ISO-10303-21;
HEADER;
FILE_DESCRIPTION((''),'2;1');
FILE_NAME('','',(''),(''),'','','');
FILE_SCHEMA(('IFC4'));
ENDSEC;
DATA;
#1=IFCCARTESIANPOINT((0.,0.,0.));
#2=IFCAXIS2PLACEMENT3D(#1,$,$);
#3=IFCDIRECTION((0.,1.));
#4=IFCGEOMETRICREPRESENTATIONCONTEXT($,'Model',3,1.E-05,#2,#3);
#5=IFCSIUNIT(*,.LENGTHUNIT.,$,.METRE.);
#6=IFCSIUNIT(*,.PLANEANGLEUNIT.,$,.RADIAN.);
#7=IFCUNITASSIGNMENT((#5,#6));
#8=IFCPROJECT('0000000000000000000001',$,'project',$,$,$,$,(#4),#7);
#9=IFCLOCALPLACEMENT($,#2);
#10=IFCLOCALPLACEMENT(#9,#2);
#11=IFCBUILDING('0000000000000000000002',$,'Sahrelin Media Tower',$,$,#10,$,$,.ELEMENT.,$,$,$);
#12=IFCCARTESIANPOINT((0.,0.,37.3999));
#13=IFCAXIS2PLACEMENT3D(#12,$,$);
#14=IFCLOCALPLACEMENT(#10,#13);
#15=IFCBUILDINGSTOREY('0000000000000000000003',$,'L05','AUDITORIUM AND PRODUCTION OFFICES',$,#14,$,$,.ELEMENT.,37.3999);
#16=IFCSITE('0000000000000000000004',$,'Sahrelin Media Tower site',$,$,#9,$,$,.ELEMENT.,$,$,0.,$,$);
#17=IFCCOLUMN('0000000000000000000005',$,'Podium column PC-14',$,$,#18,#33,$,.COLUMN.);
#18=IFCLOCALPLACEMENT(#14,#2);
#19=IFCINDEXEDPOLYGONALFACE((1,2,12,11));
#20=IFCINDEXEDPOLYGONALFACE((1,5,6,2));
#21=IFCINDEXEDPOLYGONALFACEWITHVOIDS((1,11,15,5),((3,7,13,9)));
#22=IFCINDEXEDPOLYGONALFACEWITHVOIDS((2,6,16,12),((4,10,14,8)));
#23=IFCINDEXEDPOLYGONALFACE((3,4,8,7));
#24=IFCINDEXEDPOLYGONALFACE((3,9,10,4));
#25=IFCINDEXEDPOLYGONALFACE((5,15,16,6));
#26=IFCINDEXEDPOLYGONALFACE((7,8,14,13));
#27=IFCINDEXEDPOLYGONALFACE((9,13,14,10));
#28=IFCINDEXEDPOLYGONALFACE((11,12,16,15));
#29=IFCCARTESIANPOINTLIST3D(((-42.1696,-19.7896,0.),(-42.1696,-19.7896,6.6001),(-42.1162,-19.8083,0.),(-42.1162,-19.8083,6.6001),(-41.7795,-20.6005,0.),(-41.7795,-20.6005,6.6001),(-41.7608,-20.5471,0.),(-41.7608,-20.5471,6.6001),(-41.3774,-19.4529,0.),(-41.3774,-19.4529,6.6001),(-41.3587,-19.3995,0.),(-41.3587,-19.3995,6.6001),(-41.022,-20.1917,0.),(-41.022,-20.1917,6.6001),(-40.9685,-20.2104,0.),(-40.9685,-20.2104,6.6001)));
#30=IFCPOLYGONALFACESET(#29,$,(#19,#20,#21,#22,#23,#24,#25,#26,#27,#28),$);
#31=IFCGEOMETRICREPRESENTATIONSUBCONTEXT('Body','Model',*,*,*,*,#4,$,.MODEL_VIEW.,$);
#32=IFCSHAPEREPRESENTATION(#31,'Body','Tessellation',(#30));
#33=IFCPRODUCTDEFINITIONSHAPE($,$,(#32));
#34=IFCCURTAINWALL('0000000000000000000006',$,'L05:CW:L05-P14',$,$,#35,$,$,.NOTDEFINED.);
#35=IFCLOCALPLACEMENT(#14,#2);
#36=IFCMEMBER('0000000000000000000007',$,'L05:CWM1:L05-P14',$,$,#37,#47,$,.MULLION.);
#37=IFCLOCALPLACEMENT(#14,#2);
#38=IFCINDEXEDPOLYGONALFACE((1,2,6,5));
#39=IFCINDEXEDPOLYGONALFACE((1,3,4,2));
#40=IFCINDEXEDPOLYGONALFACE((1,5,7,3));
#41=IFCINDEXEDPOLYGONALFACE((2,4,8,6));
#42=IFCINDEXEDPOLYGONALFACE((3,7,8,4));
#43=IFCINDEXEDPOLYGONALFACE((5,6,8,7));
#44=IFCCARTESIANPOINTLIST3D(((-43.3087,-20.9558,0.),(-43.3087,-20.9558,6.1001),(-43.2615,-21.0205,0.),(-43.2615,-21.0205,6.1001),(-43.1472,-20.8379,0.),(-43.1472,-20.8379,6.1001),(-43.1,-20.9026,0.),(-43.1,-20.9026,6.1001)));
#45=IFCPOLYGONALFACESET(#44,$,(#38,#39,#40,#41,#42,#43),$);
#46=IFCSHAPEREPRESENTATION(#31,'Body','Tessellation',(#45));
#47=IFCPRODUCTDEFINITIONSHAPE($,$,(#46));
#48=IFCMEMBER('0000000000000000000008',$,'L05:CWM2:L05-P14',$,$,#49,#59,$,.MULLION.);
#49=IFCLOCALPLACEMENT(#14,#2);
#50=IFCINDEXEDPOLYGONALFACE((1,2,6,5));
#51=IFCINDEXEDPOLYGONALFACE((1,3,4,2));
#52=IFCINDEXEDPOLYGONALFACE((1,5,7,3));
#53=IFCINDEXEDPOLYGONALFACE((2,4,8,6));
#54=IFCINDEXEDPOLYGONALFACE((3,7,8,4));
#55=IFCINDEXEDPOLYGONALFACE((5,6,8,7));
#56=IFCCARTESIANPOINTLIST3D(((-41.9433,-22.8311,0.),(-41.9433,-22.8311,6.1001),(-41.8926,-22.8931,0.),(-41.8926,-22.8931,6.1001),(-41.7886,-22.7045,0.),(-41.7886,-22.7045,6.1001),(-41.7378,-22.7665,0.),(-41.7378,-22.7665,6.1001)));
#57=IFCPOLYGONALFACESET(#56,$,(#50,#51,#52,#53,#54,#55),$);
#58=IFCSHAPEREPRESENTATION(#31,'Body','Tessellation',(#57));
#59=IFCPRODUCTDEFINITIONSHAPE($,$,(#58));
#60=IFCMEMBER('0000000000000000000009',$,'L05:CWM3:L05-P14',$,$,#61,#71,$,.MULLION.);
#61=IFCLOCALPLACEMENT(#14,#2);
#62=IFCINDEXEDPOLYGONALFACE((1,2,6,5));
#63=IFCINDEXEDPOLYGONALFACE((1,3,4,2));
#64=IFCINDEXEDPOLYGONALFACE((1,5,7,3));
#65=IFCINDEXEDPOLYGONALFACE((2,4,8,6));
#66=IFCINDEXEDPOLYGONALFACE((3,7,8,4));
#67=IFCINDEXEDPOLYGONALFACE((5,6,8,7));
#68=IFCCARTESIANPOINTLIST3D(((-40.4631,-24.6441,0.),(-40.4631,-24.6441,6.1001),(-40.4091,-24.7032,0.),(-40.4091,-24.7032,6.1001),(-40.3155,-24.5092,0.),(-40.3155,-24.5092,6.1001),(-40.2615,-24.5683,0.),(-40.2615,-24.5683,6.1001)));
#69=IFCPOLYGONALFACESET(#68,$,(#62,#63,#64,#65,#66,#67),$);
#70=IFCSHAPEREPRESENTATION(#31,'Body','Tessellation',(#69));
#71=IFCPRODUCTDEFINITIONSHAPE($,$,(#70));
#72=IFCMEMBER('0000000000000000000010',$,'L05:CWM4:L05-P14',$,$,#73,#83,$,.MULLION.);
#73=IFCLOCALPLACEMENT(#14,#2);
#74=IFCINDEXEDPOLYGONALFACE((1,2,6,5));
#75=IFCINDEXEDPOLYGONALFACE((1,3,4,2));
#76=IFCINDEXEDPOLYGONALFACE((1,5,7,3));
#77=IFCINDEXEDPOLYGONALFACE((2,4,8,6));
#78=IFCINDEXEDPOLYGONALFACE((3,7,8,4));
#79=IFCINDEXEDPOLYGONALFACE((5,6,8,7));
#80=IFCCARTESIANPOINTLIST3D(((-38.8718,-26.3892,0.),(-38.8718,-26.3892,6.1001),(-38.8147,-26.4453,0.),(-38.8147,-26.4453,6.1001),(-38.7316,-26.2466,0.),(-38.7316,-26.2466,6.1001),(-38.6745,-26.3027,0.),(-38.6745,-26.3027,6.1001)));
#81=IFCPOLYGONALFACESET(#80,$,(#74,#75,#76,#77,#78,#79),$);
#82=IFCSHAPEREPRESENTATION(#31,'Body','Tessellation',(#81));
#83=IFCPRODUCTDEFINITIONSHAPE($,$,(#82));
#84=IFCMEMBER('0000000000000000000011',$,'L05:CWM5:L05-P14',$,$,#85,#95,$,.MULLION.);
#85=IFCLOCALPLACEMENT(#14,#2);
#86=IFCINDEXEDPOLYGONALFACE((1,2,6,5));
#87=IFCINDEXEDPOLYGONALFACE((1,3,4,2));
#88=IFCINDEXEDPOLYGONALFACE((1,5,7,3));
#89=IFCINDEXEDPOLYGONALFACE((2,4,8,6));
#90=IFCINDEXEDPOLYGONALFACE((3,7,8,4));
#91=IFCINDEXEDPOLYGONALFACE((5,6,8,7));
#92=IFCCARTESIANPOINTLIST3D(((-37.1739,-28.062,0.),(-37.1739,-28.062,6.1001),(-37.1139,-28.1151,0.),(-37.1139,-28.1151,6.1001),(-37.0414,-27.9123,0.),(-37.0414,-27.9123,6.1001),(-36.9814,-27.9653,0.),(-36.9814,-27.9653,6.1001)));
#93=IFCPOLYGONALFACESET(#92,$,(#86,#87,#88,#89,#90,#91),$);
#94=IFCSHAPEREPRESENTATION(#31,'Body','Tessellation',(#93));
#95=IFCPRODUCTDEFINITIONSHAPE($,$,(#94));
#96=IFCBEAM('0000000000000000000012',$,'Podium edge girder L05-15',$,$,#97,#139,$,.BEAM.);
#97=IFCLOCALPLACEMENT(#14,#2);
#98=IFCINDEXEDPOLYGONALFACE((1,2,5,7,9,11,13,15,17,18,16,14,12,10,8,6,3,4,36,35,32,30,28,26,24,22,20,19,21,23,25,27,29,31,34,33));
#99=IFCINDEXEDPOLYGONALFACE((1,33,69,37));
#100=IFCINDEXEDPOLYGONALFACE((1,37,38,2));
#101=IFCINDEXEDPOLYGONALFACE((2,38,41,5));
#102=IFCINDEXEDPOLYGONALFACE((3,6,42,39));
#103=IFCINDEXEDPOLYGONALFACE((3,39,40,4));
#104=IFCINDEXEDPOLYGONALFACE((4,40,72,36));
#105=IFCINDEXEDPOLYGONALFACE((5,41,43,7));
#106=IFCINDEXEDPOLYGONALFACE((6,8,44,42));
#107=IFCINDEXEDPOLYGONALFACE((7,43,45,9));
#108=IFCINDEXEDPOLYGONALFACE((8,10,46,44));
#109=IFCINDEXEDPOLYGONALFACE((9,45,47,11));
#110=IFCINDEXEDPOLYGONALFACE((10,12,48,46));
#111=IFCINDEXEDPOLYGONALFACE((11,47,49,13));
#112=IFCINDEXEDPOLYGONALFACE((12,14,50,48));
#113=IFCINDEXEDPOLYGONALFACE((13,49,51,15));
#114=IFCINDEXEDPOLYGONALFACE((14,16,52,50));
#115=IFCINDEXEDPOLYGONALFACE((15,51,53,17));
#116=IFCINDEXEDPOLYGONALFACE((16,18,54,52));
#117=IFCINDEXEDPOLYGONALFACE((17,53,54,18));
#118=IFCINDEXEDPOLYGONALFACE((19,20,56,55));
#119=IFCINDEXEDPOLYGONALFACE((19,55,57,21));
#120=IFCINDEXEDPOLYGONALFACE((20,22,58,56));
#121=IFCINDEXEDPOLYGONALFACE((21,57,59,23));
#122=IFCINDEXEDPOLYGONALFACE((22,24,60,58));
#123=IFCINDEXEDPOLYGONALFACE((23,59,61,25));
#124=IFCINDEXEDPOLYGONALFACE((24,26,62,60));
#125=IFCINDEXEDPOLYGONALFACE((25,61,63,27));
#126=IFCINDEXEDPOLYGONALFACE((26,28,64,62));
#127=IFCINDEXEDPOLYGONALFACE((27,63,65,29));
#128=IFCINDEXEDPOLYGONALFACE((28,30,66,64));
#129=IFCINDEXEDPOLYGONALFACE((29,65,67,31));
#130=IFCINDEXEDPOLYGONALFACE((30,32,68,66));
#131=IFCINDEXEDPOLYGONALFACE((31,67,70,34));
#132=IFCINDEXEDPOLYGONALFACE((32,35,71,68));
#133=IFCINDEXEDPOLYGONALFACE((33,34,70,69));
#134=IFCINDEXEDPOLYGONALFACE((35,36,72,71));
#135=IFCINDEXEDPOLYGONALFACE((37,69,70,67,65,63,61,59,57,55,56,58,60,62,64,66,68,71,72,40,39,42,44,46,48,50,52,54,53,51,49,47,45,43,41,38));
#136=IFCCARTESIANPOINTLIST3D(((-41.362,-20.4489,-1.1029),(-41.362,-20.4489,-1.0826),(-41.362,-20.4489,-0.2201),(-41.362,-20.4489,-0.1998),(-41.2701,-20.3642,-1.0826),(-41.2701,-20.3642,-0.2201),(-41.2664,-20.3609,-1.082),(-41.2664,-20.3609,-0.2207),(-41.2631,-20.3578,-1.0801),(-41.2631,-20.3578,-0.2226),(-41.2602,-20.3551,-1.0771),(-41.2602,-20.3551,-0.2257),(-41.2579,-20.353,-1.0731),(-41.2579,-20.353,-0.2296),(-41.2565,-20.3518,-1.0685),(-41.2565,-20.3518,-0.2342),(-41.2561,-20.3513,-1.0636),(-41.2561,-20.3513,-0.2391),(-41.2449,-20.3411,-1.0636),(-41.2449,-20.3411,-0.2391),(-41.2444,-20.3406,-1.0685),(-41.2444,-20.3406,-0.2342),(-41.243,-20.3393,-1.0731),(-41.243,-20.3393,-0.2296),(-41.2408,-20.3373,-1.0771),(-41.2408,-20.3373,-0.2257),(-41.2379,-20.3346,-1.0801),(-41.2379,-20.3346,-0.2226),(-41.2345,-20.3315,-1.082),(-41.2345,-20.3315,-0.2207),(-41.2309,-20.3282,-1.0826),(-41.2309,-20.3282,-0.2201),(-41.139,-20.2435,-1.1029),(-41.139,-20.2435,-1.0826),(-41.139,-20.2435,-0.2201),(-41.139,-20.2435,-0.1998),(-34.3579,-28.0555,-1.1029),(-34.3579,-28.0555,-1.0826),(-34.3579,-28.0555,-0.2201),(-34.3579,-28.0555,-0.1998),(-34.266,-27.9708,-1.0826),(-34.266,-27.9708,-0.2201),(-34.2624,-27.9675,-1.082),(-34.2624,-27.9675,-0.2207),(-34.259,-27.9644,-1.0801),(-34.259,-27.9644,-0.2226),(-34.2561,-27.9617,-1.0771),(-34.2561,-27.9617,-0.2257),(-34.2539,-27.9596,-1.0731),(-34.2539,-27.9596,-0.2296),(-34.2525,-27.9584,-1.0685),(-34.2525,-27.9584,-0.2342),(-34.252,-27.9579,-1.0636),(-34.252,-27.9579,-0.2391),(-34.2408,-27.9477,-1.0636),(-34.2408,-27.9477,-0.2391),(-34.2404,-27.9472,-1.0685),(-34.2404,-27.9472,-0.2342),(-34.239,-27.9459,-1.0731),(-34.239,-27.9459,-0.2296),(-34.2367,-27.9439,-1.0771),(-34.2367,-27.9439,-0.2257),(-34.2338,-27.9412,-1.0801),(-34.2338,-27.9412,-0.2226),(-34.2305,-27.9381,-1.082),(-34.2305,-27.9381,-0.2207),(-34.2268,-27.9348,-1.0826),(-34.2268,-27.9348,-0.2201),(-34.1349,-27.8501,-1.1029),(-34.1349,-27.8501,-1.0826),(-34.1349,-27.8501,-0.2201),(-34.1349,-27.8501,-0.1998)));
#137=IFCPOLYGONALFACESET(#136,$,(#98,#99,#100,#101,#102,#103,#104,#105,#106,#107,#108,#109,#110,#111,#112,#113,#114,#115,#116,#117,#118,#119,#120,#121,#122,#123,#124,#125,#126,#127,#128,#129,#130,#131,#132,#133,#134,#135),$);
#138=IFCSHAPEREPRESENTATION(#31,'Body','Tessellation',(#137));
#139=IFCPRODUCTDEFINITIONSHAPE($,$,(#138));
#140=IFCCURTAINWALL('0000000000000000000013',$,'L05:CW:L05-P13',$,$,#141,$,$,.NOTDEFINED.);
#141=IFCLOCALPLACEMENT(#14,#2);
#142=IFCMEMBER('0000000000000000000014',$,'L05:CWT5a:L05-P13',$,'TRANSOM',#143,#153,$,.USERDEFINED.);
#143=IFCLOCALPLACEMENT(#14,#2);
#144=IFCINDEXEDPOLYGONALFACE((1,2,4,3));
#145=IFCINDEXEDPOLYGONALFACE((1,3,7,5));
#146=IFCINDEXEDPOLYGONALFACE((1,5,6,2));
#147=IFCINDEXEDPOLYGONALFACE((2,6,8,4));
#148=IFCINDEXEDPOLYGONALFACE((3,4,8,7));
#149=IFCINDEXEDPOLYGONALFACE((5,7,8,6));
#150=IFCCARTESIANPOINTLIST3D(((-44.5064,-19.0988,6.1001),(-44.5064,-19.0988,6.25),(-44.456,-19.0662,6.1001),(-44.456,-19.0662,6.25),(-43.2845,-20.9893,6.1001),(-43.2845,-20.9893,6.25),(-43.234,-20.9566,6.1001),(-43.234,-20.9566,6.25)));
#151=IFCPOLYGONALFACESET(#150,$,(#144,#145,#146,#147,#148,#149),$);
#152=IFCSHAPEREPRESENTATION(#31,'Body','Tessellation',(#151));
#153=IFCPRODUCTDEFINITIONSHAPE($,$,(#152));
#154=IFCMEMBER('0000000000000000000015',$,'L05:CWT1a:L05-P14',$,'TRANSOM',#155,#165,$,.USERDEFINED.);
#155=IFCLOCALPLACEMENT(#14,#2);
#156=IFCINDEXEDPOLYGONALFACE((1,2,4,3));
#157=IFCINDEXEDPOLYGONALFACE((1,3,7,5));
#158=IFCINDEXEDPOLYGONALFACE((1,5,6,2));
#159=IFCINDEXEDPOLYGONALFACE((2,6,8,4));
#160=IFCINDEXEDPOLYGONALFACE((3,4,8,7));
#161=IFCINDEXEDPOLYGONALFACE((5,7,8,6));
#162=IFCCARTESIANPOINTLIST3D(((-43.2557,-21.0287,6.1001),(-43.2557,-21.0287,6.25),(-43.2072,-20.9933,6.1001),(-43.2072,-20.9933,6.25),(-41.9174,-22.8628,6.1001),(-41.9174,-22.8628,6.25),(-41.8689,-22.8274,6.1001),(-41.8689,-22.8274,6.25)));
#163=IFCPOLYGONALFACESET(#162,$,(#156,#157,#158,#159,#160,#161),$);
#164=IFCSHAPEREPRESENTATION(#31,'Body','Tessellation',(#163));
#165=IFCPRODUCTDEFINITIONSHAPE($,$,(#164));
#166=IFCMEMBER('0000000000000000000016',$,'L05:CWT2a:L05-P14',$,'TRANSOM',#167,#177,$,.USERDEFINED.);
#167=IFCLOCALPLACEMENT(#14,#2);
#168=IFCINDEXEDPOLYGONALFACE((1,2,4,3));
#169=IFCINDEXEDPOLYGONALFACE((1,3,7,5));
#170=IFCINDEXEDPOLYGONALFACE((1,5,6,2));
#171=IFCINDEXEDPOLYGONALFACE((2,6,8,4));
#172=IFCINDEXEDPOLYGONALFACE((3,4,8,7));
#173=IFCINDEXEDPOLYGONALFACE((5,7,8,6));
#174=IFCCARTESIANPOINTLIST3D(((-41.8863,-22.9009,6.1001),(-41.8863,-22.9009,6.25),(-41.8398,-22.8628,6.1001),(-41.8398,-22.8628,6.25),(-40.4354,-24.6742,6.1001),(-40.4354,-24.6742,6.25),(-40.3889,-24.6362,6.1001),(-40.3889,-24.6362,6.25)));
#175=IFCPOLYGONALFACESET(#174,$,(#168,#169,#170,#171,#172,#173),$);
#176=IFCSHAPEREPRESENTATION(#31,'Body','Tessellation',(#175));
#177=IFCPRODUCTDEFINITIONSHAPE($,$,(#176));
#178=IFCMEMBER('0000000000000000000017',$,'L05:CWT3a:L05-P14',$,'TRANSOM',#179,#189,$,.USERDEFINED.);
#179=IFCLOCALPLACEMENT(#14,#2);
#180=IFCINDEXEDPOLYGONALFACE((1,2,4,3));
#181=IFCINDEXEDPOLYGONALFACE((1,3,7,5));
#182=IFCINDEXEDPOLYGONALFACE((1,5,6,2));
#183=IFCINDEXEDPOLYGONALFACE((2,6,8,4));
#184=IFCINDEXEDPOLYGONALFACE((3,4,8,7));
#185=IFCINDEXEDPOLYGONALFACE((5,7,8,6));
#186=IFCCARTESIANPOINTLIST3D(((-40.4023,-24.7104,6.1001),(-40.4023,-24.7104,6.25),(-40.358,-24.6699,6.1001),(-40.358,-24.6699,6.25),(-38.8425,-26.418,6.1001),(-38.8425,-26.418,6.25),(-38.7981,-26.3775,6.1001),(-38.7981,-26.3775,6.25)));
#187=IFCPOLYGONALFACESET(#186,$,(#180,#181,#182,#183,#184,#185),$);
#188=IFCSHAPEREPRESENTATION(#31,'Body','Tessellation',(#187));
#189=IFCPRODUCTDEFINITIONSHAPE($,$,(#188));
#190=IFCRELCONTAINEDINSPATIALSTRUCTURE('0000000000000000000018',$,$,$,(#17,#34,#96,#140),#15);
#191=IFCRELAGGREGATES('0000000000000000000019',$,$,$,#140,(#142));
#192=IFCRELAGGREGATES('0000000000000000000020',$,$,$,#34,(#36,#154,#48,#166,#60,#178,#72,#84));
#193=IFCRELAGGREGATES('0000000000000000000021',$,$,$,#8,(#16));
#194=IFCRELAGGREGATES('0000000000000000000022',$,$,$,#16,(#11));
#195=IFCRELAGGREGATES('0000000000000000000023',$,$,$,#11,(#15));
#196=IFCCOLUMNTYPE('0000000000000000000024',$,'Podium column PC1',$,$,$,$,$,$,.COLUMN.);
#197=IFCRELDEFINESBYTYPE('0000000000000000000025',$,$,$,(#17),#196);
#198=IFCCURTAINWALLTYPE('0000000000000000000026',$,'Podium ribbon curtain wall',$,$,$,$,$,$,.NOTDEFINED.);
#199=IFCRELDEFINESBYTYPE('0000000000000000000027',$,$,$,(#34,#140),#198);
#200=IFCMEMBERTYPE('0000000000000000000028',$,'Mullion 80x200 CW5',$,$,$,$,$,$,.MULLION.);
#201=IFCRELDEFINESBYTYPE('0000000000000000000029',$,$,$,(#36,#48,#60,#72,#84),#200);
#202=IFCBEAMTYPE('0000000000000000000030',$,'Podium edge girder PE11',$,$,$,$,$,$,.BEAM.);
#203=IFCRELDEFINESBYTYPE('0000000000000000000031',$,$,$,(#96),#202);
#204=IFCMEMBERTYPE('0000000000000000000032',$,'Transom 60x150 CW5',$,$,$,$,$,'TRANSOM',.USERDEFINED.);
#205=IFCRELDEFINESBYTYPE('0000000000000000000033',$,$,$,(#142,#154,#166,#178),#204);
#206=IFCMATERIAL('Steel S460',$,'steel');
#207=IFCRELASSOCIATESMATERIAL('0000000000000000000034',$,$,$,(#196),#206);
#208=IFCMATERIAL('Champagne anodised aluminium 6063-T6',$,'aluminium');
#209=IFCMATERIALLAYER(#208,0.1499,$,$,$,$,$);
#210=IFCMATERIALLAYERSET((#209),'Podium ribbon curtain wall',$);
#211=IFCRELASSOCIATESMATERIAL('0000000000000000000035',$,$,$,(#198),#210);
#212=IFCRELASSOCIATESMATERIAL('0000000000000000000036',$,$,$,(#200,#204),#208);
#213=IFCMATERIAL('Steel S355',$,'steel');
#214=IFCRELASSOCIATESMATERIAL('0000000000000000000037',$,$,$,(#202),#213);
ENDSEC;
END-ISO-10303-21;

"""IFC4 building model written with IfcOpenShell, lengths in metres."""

from ifc_helpers import new_model, si_unit, direction, frame, origin, origin_2d, place, context, subcontext, project, spatial, rectangle, hollow_rectangle, i_section, extrude, material, layer, layer_set, material_profile, profile_set, type_object, element, aggregate, save


model = new_model("IFC4")

# Units and contexts
model_context = context("Model", 3, precision=1e-05, world=origin(), true_north=direction((0.0, 1.0)))
body_context = subcontext(model_context, "Body", "Model", "MODEL_VIEW")
ifc_project = project(units=[si_unit("LENGTHUNIT", "METRE"), si_unit("PLANEANGLEUNIT", "RADIAN")], contexts=[model_context])

# Site, building, storey
site_placement = place(None, origin())
site = spatial("IfcSite", under=ifc_project, at=site_placement, Name="Sahrelin Media Tower site", CompositionType="ELEMENT", RefElevation=0.0)
building_placement = place(site_placement, origin())
building = spatial("IfcBuilding", under=site, at=building_placement, Name="Sahrelin Media Tower", CompositionType="ELEMENT")
storey_placement = place(building_placement, frame((0.0, 0.0, 37.3999)))
storey = spatial("IfcBuildingStorey", under=building, at=storey_placement, Name="L05", Description="AUDITORIUM AND PRODUCTION OFFICES", CompositionType="ELEMENT", Elevation=37.3999)

# Column
ifc_material_1 = material(Name="Steel S460", Category="steel")
ifc_material_profile_1 = material_profile(ifc_material_1, hollow_rectangle(XDim=0.8999, YDim=0.8999, WallThickness=0.04, at=origin_2d()), Name="Podium column PC1")
ifc_profile_set_1 = profile_set([ifc_material_profile_1], Name="Steel S460")
column_type = type_object("IfcColumnType", Name="Podium column PC1", PredefinedType="COLUMN", material=ifc_profile_set_1)
column_placement = place(storey_placement, frame((-41.5691, -20.0, 0.0), z_axis=(0.0, 0.0, 1.0), x_axis=(-0.901127, -0.433555, 0.0)))
element("IfcColumn", 1, at=column_placement, inside=storey, type_object=column_type, Name="Podium column PC-14", PredefinedType="COLUMN", context=body_context, shape_type="SweptSolid", body=[
    extrude(hollow_rectangle(XDim=0.8999, YDim=0.8999, WallThickness=0.04, at=origin_2d()), origin(), (0.0, 0.0, 1.0), 6.6001),
])

# Curtain wall, members
ifc_material_2 = material(Name="Champagne anodised aluminium 6063-T6", Category="aluminium")
ifc_layer_1 = layer(ifc_material_2, 0.1499)
ifc_layer_set_1 = layer_set([ifc_layer_1], Name="Podium ribbon curtain wall")
curtain_wall_type = type_object("IfcCurtainWallType", Name="Podium ribbon curtain wall", PredefinedType="NOTDEFINED", material=ifc_layer_set_1)
curtain_wall_1_placement = place(storey_placement, frame((-43.3013, -21.0, 0.0), z_axis=(0.0, 0.0, 1.0), x_axis=(1.0, 0.0, 0.0)))
curtain_wall_1 = element("IfcCurtainWall", 2, at=curtain_wall_1_placement, inside=storey, type_object=curtain_wall_type, Name="L05:CW:L05-P14", PredefinedType="NOTDEFINED")
ifc_material_profile_2 = material_profile(ifc_material_2, rectangle(XDim=0.0801, YDim=0.2, at=origin_2d()), Name="Mullion 80x200")
ifc_profile_set_2 = profile_set([ifc_material_profile_2], Name="Champagne anodised aluminium 6063-T6")
member_type_1 = type_object("IfcMemberType", Name="Mullion 80x200 CW5", PredefinedType="MULLION", material=ifc_profile_set_2)
member_1_placement = place(storey_placement, frame((-43.2043, -20.9292, 0.0), z_axis=(0.0, 0.0, 1.0), x_axis=(0.589385, -0.807852, 0.0)))
member_1 = element("IfcMember", 3, at=member_1_placement, type_object=member_type_1, Name="L05:CWM1:L05-P14", PredefinedType="MULLION", context=body_context, shape_type="SweptSolid", body=[
    extrude(rectangle(XDim=0.0801, YDim=0.2, at=origin_2d()), origin(), (0.0, 0.0, 1.0), 6.1001),
])
member_2_placement = place(storey_placement, frame((-41.8406, -22.7988, 0.0), z_axis=(0.0, 0.0, 1.0), x_axis=(0.633235, -0.77396, 0.0)))
member_2 = element("IfcMember", 4, at=member_2_placement, type_object=member_type_1, Name="L05:CWM2:L05-P14", PredefinedType="MULLION", context=body_context, shape_type="SweptSolid", body=[
    extrude(rectangle(XDim=0.0801, YDim=0.2, at=origin_2d()), origin(), (0.0, 0.0, 1.0), 6.1001),
])
member_3_placement = place(storey_placement, frame((-40.3623, -24.6062, 0.0), z_axis=(0.0, 0.0, 1.0), x_axis=(0.67443, -0.738339, 0.0)))
member_3 = element("IfcMember", 5, at=member_3_placement, type_object=member_type_1, Name="L05:CWM3:L05-P14", PredefinedType="MULLION", context=body_context, shape_type="SweptSolid", body=[
    extrude(rectangle(XDim=0.0801, YDim=0.2, at=origin_2d()), origin(), (0.0, 0.0, 1.0), 6.1001),
])
member_4_placement = place(storey_placement, frame((-38.7732, -26.3459, 0.0), z_axis=(0.0, 0.0, 1.0), x_axis=(0.712974, -0.701191, 0.0)))
member_4 = element("IfcMember", 6, at=member_4_placement, type_object=member_type_1, Name="L05:CWM4:L05-P14", PredefinedType="MULLION", context=body_context, shape_type="SweptSolid", body=[
    extrude(rectangle(XDim=0.0801, YDim=0.2, at=origin_2d()), origin(), (0.0, 0.0, 1.0), 6.1001),
])
member_5_placement = place(storey_placement, frame((-37.0776, -28.0137, 0.0), z_axis=(0.0, 0.0, 1.0), x_axis=(0.748788, -0.66281, 0.0)))
member_5 = element("IfcMember", 7, at=member_5_placement, type_object=member_type_1, Name="L05:CWM5:L05-P14", PredefinedType="MULLION", context=body_context, shape_type="SweptSolid", body=[
    extrude(rectangle(XDim=0.0801, YDim=0.2, at=origin_2d()), origin(), (0.0, 0.0, 1.0), 6.1001),
])

# Beam
ifc_material_3 = material(Name="Steel S355", Category="steel")
ifc_material_profile_3 = material_profile(ifc_material_3, i_section(OverallWidth=0.3032, OverallDepth=0.9031, WebThickness=0.0151, FlangeThickness=0.0203, FilletRadius=0.019, at=origin_2d()), Name="UB 914x305x201")
ifc_profile_set_3 = profile_set([ifc_material_profile_3], Name="Steel S355")
beam_type = type_object("IfcBeamType", Name="Podium edge girder PE11", PredefinedType="BEAM", material=ifc_profile_set_3)
beam_placement = place(storey_placement, frame((-41.2505, -20.3462, -0.6514), z_axis=(0.677371, -0.735642, 0.0), x_axis=(0.735642, 0.677371, 0.0)))
element("IfcBeam", 8, at=beam_placement, inside=storey, type_object=beam_type, Name="Podium edge girder L05-15", PredefinedType="BEAM", context=body_context, shape_type="SweptSolid", body=[
    extrude(i_section(OverallWidth=0.3032, OverallDepth=0.9031, WebThickness=0.0151, FlangeThickness=0.0203, FilletRadius=0.019, at=origin_2d()), origin(), (0.0, 0.0, 1.0), 10.3401),
])

# Curtain wall, member
curtain_wall_2_placement = place(storey_placement, frame((-48.2964, -10.8704, 0.0), z_axis=(0.0, 0.0, 1.0), x_axis=(1.0, 0.0, 0.0)))
curtain_wall_2 = element("IfcCurtainWall", 9, at=curtain_wall_2_placement, inside=storey, type_object=curtain_wall_type, Name="L05:CW:L05-P13", PredefinedType="NOTDEFINED")
ifc_material_profile_4 = material_profile(ifc_material_2, rectangle(XDim=0.0601, YDim=0.1499, at=origin_2d()), Name="Transom 60x150")
ifc_profile_set_4 = profile_set([ifc_material_profile_4], Name="Champagne anodised aluminium 6063-T6")
member_type_2 = type_object("IfcMemberType", Name="Transom 60x150 CW5", ElementType="TRANSOM", PredefinedType="USERDEFINED", material=ifc_profile_set_4)
member_6_placement = place(storey_placement, frame((-44.4812, -19.0825, 6.175), z_axis=(0.542855, -0.839826, 0.0), x_axis=(0.839826, 0.542855, 0.0)))
member_6 = element("IfcMember", 10, at=member_6_placement, type_object=member_type_2, Name="L05:CWT5a:L05-P13", ObjectType="TRANSOM", PredefinedType="USERDEFINED", context=body_context, shape_type="SweptSolid", body=[
    extrude(rectangle(XDim=0.0601, YDim=0.1499, at=origin_2d()), origin(), (0.0, 0.0, 1.0), 2.251),
])

# Members
member_7_placement = place(storey_placement, frame((-43.2314, -21.011, 6.175), z_axis=(0.589437, -0.807814, 0.0), x_axis=(0.807814, 0.589437, 0.0)))
member_7 = element("IfcMember", 11, at=member_7_placement, type_object=member_type_2, Name="L05:CWT1a:L05-P14", ObjectType="TRANSOM", PredefinedType="USERDEFINED", context=body_context, shape_type="SweptSolid", body=[
    extrude(rectangle(XDim=0.0601, YDim=0.1499, at=origin_2d()), origin(), (0.0, 0.0, 1.0), 2.2705),
])
member_8_placement = place(storey_placement, frame((-41.863, -22.8818, 6.175), z_axis=(0.63322, -0.773972, 0.0), x_axis=(0.773972, 0.63322, 0.0)))
member_8 = element("IfcMember", 12, at=member_8_placement, type_object=member_type_2, Name="L05:CWT2a:L05-P14", ObjectType="TRANSOM", PredefinedType="USERDEFINED", context=body_context, shape_type="SweptSolid", body=[
    extrude(rectangle(XDim=0.0601, YDim=0.1499, at=origin_2d()), origin(), (0.0, 0.0, 1.0), 2.2913),
])
member_9_placement = place(storey_placement, frame((-40.3801, -24.6902, 6.175), z_axis=(0.674452, -0.738319, 0.0), x_axis=(0.738319, 0.674452, 0.0)))
member_9 = element("IfcMember", 13, at=member_9_placement, type_object=member_type_2, Name="L05:CWT3a:L05-P14", ObjectType="TRANSOM", PredefinedType="USERDEFINED", context=body_context, shape_type="SweptSolid", body=[
    extrude(rectangle(XDim=0.0601, YDim=0.1499, at=origin_2d()), origin(), (0.0, 0.0, 1.0), 2.3127),
])

aggregate(curtain_wall_2, [member_6])
aggregate(curtain_wall_1, [member_1, member_7, member_2, member_8, member_3, member_9, member_4, member_5])

save(model, "model.ifc")
